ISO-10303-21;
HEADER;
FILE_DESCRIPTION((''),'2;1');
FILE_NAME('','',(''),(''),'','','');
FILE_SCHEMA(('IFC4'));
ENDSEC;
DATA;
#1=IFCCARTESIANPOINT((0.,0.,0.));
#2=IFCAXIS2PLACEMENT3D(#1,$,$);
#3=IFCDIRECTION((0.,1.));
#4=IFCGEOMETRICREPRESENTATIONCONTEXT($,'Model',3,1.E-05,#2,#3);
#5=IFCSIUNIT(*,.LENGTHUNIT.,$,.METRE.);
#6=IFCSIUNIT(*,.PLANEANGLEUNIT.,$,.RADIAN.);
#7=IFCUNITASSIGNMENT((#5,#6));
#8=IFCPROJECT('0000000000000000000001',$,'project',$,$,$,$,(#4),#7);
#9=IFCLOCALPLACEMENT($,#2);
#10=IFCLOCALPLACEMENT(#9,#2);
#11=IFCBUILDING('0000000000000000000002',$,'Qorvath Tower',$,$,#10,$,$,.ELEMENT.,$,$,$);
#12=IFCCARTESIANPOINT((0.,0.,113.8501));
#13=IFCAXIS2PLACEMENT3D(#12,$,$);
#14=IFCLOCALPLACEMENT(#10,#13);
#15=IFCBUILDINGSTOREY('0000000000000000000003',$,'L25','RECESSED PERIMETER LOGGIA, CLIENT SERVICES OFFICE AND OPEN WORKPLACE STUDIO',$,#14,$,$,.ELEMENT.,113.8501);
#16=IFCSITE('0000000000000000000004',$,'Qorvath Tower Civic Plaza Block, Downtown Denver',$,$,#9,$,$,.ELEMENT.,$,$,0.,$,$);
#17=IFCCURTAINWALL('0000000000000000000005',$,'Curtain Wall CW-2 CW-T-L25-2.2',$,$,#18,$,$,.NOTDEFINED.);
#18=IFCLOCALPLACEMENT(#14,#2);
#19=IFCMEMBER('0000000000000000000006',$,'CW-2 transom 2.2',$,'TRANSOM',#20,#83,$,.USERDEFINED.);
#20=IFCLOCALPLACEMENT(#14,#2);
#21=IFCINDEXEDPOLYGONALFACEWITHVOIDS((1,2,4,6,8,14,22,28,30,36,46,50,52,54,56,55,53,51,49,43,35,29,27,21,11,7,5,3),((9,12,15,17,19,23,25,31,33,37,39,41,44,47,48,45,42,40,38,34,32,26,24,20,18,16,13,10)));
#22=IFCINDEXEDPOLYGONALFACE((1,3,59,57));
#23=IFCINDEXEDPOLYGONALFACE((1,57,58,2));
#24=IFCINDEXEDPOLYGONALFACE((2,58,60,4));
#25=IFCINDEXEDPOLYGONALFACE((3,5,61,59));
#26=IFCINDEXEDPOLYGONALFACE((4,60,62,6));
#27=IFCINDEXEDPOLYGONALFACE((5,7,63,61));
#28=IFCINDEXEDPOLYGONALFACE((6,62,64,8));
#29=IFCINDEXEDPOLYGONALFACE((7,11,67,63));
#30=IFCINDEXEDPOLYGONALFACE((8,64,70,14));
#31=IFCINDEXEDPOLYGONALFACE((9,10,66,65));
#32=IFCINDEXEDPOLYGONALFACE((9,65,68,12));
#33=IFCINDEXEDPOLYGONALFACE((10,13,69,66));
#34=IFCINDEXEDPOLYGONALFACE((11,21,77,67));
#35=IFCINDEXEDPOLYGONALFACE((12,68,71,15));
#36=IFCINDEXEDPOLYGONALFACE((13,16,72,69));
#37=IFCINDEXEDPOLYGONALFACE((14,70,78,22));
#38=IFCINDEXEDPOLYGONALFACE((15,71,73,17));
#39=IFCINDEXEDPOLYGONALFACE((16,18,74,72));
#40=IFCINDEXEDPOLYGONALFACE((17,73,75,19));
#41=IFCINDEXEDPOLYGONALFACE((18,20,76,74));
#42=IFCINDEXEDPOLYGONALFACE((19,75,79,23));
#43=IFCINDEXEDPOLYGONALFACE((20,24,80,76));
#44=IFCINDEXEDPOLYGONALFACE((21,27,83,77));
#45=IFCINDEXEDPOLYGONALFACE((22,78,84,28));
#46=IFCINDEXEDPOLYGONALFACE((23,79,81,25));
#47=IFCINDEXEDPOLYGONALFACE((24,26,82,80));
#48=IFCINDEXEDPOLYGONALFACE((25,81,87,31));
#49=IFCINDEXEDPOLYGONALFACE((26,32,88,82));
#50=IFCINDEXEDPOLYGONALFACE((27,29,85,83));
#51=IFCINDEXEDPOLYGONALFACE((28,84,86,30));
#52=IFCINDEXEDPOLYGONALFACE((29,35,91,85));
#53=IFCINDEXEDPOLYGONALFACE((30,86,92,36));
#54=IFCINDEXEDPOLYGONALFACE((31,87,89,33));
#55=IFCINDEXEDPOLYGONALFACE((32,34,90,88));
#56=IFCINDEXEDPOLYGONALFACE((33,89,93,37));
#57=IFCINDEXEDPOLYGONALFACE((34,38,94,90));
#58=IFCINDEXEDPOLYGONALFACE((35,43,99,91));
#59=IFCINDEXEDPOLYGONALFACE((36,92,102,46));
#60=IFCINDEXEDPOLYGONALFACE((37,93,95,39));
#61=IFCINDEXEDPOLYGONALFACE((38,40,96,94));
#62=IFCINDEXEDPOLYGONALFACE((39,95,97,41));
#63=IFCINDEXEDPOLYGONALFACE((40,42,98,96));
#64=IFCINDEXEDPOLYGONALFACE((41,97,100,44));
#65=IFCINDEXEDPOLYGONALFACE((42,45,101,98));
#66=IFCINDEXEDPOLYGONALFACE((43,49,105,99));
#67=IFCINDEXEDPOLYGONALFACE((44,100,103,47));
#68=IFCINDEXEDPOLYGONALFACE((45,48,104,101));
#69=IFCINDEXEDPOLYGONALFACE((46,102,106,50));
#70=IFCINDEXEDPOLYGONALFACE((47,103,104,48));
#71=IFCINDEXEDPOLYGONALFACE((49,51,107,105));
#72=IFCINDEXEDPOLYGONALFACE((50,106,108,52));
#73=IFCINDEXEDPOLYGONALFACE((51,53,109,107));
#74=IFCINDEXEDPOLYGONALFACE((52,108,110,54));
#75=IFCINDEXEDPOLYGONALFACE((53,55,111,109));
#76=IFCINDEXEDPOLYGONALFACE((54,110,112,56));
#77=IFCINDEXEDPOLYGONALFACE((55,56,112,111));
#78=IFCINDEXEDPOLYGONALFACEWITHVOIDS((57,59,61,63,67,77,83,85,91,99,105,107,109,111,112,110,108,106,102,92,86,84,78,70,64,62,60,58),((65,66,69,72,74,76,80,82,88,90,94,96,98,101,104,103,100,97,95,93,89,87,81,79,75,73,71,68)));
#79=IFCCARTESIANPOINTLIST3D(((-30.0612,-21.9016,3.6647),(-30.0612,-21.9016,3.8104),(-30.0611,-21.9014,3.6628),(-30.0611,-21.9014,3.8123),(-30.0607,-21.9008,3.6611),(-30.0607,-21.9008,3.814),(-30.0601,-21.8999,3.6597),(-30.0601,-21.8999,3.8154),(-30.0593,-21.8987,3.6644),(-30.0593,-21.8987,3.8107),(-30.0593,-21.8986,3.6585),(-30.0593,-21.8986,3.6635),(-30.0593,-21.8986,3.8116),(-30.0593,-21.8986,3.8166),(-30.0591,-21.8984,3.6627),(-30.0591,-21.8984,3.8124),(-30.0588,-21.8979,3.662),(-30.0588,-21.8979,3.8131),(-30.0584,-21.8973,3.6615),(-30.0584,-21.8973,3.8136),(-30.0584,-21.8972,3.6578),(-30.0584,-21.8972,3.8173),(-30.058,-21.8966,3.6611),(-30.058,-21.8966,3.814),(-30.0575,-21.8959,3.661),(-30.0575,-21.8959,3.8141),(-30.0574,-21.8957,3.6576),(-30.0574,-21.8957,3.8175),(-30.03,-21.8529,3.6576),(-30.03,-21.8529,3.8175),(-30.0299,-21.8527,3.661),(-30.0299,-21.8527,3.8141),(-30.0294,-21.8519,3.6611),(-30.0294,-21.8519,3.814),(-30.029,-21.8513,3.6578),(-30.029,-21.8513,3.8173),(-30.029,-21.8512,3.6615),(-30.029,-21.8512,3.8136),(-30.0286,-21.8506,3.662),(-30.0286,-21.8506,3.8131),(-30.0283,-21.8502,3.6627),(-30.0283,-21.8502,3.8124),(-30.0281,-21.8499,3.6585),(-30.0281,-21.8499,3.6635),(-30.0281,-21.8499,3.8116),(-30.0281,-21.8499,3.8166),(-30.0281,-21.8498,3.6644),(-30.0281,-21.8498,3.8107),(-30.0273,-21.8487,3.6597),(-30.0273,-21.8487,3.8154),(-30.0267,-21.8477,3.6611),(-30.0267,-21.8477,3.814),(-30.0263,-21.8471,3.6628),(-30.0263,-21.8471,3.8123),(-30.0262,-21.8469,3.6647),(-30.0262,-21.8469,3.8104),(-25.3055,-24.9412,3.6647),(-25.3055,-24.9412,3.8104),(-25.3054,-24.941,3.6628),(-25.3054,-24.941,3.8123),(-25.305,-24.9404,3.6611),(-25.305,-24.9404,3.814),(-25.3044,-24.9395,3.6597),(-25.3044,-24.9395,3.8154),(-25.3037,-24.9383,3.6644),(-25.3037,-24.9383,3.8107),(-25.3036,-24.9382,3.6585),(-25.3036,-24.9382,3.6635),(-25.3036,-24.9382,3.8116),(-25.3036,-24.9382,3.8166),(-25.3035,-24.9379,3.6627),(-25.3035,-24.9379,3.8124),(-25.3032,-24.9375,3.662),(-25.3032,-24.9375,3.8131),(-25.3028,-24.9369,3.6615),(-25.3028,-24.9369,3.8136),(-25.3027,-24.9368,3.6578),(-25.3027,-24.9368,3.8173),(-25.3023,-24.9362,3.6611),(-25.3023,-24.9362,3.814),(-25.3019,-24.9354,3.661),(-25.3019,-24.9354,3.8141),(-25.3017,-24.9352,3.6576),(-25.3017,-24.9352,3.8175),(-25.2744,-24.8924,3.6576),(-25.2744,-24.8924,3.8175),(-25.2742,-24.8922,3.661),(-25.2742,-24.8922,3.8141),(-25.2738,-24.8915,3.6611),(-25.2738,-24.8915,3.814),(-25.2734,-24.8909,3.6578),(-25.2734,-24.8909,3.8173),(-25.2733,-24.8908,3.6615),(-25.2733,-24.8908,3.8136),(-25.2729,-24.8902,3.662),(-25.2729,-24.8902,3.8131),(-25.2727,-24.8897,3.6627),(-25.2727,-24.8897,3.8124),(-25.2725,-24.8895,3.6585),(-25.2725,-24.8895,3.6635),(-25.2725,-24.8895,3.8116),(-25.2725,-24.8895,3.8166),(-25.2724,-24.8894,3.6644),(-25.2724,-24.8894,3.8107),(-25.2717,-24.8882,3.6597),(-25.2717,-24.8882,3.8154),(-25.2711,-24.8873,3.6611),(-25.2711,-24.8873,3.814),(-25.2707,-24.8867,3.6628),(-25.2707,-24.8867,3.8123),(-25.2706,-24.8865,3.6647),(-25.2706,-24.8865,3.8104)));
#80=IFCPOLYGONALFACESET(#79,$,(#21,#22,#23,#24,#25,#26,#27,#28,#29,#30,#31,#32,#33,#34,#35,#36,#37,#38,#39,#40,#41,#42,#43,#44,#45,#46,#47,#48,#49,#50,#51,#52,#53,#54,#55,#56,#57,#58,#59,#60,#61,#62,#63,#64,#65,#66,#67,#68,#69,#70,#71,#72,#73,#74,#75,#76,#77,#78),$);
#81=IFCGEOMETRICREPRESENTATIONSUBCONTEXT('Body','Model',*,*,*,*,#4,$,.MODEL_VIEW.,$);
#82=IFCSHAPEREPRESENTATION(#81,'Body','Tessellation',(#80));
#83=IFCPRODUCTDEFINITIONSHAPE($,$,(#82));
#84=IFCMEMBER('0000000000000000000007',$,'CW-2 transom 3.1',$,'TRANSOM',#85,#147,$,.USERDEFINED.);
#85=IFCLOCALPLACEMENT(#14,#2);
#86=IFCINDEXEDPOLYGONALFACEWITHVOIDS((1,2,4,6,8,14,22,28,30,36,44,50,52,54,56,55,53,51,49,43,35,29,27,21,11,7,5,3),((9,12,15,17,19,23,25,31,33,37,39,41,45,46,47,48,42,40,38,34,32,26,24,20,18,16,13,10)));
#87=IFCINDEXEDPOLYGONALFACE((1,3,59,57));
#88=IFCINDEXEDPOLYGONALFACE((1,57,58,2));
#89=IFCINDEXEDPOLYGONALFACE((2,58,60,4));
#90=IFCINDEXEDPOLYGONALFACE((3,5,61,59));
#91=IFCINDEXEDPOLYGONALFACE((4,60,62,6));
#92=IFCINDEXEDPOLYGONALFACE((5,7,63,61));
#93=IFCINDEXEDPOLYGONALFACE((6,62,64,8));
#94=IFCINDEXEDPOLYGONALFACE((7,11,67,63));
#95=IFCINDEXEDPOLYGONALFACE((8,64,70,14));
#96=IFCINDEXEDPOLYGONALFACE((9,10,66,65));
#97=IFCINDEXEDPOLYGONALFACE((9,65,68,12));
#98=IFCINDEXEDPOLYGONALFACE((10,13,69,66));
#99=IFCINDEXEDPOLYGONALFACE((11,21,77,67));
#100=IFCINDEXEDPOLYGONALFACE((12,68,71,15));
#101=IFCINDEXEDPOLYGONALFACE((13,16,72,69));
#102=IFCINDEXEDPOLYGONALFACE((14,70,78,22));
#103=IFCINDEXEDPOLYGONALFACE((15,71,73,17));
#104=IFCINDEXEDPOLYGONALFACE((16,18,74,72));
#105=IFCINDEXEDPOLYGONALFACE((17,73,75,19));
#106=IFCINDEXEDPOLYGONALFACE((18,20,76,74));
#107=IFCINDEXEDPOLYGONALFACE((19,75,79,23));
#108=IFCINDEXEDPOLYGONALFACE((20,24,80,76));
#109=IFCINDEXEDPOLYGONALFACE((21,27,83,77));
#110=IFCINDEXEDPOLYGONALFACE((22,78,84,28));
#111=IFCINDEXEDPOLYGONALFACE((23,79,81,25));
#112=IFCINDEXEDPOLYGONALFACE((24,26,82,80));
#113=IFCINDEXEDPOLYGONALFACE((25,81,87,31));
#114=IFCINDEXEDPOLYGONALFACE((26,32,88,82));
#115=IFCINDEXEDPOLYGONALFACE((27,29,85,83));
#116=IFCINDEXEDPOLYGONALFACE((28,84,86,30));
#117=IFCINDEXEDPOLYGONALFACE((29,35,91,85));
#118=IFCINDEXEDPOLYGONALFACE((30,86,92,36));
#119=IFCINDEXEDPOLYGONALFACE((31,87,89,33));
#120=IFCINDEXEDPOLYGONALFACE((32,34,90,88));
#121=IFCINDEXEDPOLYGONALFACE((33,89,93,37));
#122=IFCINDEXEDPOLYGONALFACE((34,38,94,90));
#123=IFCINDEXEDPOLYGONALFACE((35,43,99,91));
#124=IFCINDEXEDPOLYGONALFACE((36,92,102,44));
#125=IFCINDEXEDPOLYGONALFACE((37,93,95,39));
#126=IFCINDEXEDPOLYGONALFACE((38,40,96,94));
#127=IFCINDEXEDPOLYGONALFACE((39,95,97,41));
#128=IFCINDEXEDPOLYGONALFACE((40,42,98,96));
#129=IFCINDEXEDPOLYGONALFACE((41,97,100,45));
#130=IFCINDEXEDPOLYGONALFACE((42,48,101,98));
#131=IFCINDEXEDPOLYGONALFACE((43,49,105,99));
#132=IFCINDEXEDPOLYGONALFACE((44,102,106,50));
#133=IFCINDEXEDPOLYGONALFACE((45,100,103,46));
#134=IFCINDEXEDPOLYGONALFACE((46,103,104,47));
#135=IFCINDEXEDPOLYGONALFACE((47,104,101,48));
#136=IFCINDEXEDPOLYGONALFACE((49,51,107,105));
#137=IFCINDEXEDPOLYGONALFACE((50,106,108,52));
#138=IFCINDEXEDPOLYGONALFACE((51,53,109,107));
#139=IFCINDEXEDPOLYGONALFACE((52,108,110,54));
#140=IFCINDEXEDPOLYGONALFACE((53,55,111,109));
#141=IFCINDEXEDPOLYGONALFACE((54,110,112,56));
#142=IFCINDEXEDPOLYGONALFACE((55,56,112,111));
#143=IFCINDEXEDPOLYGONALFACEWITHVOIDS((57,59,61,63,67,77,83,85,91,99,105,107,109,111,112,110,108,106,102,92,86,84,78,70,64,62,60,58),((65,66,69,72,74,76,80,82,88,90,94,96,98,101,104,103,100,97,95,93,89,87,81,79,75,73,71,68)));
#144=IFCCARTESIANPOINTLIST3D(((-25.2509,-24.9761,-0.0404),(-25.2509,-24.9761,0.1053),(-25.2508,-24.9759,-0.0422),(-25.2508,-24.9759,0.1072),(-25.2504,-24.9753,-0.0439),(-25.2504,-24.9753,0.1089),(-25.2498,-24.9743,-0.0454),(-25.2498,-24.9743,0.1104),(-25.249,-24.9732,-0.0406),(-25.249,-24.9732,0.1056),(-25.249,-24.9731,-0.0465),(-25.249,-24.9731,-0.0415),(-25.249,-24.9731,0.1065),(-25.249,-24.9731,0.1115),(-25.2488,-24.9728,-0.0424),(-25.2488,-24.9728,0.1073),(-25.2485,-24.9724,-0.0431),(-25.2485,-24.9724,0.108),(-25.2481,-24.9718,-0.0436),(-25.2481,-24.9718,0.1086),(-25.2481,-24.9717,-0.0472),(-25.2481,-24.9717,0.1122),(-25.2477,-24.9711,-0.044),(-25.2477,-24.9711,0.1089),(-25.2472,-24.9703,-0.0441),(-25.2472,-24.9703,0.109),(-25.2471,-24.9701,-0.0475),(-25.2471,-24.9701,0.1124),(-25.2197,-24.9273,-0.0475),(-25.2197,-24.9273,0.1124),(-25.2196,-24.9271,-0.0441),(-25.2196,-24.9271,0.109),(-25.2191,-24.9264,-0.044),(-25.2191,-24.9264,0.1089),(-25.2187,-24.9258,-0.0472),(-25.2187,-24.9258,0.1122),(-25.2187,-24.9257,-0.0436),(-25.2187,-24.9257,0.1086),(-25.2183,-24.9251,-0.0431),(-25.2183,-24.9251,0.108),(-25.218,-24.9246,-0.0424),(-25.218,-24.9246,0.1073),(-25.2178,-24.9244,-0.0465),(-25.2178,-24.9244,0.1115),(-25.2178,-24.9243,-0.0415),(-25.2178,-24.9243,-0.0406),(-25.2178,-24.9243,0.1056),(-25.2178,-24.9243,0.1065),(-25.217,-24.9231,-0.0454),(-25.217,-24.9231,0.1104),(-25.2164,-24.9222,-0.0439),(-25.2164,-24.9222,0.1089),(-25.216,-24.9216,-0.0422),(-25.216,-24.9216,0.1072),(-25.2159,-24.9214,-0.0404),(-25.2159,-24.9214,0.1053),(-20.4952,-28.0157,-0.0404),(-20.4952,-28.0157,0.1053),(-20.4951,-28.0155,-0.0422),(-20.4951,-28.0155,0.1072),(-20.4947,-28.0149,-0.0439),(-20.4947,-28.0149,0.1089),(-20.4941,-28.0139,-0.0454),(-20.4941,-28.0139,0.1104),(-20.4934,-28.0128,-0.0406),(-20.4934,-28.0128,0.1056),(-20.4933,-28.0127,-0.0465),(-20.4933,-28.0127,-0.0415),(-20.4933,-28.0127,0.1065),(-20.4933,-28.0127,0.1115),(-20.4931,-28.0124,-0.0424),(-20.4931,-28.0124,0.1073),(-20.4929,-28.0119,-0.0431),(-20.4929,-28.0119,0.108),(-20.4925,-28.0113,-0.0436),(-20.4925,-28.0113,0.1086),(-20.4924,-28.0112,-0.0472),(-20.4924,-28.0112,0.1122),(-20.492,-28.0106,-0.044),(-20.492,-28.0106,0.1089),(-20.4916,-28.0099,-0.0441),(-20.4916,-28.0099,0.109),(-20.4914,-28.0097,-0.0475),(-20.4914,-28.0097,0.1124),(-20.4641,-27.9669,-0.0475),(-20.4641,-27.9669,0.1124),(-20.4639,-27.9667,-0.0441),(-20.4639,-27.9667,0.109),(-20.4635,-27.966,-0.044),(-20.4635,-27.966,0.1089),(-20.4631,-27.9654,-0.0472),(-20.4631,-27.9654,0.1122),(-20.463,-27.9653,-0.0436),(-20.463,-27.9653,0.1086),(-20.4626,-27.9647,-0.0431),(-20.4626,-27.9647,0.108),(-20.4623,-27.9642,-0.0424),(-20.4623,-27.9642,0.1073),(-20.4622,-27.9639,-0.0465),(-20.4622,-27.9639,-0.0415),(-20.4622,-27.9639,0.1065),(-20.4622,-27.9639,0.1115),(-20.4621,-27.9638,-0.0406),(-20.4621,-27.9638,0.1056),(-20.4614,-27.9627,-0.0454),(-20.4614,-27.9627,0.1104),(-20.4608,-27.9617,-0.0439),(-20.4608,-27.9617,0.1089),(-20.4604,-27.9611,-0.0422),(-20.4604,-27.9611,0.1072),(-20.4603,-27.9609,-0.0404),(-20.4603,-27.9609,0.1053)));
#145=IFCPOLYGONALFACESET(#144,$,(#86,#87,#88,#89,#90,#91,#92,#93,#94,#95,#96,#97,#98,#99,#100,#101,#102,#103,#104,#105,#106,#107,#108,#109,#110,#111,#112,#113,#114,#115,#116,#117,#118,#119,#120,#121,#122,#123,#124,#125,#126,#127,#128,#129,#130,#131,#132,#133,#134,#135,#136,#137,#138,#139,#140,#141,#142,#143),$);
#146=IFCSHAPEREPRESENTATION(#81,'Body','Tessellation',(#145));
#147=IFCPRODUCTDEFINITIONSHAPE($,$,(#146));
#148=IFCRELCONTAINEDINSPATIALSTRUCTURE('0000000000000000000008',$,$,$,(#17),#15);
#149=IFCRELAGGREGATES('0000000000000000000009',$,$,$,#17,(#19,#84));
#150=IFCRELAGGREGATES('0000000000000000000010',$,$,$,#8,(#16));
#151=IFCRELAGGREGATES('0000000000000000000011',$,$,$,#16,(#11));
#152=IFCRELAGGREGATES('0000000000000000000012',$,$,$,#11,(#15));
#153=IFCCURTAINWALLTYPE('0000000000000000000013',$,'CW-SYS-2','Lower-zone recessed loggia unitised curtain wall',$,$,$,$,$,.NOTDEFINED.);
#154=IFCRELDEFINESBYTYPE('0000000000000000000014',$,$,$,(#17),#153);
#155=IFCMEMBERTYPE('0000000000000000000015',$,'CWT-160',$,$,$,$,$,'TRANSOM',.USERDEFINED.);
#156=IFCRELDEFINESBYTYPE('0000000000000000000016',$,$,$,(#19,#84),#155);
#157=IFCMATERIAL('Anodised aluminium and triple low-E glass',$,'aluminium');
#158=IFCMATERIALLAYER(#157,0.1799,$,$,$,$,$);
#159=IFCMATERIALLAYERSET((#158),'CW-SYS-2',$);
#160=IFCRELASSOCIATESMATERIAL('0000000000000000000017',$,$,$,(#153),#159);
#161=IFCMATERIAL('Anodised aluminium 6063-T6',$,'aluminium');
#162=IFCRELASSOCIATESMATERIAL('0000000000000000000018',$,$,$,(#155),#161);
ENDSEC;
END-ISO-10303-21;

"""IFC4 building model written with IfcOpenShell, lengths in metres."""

from ifc_helpers import new_model, si_unit, direction, frame, origin, origin_2d, place, context, subcontext, project, spatial, hollow_rectangle, extrude, material, layer, layer_set, material_profile, profile_set, type_object, element, aggregate, save


model = new_model("IFC4")

# Units and contexts
model_context = context("Model", 3, precision=1e-05, world=origin(), true_north=direction((0.0, 1.0)))
body_context = subcontext(model_context, "Body", "Model", "MODEL_VIEW")
ifc_project = project(units=[si_unit("LENGTHUNIT", "METRE"), si_unit("PLANEANGLEUNIT", "RADIAN")], contexts=[model_context])

# Site, building, storey
site_placement = place(None, origin())
site = spatial("IfcSite", under=ifc_project, at=site_placement, Name="Qorvath Tower Civic Plaza Block, Downtown Denver", CompositionType="ELEMENT", RefElevation=0.0)
building_placement = place(site_placement, origin())
building = spatial("IfcBuilding", under=site, at=building_placement, Name="Qorvath Tower", CompositionType="ELEMENT")
storey_placement = place(building_placement, frame((0.0, 0.0, 113.8501)))
storey = spatial("IfcBuildingStorey", under=building, at=storey_placement, Name="L25", Description="RECESSED PERIMETER LOGGIA, CLIENT SERVICES OFFICE AND OPEN WORKPLACE STUDIO", CompositionType="ELEMENT", Elevation=113.8501)

# Curtain wall, members
ifc_material_1 = material(Name="Anodised aluminium and triple low-E glass", Category="aluminium")
ifc_layer_1 = layer(ifc_material_1, 0.1799)
ifc_layer_set_1 = layer_set([ifc_layer_1], Name="CW-SYS-2")
curtain_wall_type = type_object("IfcCurtainWallType", Name="CW-SYS-2", Description="Lower-zone recessed loggia unitised curtain wall", PredefinedType="NOTDEFINED", material=ifc_layer_set_1)
curtain_wall_placement = place(storey_placement, origin())
curtain_wall = element("IfcCurtainWall", 1, at=curtain_wall_placement, inside=storey, type_object=curtain_wall_type, Name="Curtain Wall CW-2 CW-T-L25-2.2", PredefinedType="NOTDEFINED")
ifc_material_2 = material(Name="Anodised aluminium 6063-T6", Category="aluminium")
ifc_material_profile_1 = material_profile(ifc_material_2, hollow_rectangle(XDim=0.0649, YDim=0.1599, WallThickness=0.0034, InnerFilletRadius=0.0034, OuterFilletRadius=0.0071, at=origin_2d()), Name="CWT 160x65")
ifc_profile_set_1 = profile_set([ifc_material_profile_1], Name="Anodised aluminium 6063-T6")
member_type_1 = type_object("IfcMemberType", Name="CWT-160", ElementType="TRANSOM", PredefinedType="USERDEFINED", material=ifc_profile_set_1)
member_1_placement = place(storey_placement, frame((-30.0437, -21.8743, 3.7375), z_axis=(0.842596, -0.538545, 0.0), x_axis=(0.538545, 0.842596, 0.0)))
member_1 = element("IfcMember", 2, at=member_1_placement, type_object=member_type_1, Name="CW-2 transom 2.2", ObjectType="TRANSOM", PredefinedType="USERDEFINED", context=body_context, shape_type="SweptSolid", body=[
    extrude(hollow_rectangle(XDim=0.0649, YDim=0.1599, WallThickness=0.0034, InnerFilletRadius=0.0034, OuterFilletRadius=0.0071, at=origin_2d()), origin(), (0.0, 0.0, 1.0), 5.644),
])
member_2_placement = place(storey_placement, frame((-25.2334, -24.9487, 0.0325), z_axis=(0.842596, -0.538545, 0.0), x_axis=(0.538545, 0.842596, 0.0)))
member_2 = element("IfcMember", 3, at=member_2_placement, type_object=member_type_1, Name="CW-2 transom 3.1", ObjectType="TRANSOM", PredefinedType="USERDEFINED", context=body_context, shape_type="SweptSolid", body=[
    extrude(hollow_rectangle(XDim=0.0649, YDim=0.1599, WallThickness=0.0034, InnerFilletRadius=0.0034, OuterFilletRadius=0.0071, at=origin_2d()), origin(), (0.0, 0.0, 1.0), 5.644),
])
aggregate(curtain_wall, [member_1, member_2])

save(model, "model.ifc")
